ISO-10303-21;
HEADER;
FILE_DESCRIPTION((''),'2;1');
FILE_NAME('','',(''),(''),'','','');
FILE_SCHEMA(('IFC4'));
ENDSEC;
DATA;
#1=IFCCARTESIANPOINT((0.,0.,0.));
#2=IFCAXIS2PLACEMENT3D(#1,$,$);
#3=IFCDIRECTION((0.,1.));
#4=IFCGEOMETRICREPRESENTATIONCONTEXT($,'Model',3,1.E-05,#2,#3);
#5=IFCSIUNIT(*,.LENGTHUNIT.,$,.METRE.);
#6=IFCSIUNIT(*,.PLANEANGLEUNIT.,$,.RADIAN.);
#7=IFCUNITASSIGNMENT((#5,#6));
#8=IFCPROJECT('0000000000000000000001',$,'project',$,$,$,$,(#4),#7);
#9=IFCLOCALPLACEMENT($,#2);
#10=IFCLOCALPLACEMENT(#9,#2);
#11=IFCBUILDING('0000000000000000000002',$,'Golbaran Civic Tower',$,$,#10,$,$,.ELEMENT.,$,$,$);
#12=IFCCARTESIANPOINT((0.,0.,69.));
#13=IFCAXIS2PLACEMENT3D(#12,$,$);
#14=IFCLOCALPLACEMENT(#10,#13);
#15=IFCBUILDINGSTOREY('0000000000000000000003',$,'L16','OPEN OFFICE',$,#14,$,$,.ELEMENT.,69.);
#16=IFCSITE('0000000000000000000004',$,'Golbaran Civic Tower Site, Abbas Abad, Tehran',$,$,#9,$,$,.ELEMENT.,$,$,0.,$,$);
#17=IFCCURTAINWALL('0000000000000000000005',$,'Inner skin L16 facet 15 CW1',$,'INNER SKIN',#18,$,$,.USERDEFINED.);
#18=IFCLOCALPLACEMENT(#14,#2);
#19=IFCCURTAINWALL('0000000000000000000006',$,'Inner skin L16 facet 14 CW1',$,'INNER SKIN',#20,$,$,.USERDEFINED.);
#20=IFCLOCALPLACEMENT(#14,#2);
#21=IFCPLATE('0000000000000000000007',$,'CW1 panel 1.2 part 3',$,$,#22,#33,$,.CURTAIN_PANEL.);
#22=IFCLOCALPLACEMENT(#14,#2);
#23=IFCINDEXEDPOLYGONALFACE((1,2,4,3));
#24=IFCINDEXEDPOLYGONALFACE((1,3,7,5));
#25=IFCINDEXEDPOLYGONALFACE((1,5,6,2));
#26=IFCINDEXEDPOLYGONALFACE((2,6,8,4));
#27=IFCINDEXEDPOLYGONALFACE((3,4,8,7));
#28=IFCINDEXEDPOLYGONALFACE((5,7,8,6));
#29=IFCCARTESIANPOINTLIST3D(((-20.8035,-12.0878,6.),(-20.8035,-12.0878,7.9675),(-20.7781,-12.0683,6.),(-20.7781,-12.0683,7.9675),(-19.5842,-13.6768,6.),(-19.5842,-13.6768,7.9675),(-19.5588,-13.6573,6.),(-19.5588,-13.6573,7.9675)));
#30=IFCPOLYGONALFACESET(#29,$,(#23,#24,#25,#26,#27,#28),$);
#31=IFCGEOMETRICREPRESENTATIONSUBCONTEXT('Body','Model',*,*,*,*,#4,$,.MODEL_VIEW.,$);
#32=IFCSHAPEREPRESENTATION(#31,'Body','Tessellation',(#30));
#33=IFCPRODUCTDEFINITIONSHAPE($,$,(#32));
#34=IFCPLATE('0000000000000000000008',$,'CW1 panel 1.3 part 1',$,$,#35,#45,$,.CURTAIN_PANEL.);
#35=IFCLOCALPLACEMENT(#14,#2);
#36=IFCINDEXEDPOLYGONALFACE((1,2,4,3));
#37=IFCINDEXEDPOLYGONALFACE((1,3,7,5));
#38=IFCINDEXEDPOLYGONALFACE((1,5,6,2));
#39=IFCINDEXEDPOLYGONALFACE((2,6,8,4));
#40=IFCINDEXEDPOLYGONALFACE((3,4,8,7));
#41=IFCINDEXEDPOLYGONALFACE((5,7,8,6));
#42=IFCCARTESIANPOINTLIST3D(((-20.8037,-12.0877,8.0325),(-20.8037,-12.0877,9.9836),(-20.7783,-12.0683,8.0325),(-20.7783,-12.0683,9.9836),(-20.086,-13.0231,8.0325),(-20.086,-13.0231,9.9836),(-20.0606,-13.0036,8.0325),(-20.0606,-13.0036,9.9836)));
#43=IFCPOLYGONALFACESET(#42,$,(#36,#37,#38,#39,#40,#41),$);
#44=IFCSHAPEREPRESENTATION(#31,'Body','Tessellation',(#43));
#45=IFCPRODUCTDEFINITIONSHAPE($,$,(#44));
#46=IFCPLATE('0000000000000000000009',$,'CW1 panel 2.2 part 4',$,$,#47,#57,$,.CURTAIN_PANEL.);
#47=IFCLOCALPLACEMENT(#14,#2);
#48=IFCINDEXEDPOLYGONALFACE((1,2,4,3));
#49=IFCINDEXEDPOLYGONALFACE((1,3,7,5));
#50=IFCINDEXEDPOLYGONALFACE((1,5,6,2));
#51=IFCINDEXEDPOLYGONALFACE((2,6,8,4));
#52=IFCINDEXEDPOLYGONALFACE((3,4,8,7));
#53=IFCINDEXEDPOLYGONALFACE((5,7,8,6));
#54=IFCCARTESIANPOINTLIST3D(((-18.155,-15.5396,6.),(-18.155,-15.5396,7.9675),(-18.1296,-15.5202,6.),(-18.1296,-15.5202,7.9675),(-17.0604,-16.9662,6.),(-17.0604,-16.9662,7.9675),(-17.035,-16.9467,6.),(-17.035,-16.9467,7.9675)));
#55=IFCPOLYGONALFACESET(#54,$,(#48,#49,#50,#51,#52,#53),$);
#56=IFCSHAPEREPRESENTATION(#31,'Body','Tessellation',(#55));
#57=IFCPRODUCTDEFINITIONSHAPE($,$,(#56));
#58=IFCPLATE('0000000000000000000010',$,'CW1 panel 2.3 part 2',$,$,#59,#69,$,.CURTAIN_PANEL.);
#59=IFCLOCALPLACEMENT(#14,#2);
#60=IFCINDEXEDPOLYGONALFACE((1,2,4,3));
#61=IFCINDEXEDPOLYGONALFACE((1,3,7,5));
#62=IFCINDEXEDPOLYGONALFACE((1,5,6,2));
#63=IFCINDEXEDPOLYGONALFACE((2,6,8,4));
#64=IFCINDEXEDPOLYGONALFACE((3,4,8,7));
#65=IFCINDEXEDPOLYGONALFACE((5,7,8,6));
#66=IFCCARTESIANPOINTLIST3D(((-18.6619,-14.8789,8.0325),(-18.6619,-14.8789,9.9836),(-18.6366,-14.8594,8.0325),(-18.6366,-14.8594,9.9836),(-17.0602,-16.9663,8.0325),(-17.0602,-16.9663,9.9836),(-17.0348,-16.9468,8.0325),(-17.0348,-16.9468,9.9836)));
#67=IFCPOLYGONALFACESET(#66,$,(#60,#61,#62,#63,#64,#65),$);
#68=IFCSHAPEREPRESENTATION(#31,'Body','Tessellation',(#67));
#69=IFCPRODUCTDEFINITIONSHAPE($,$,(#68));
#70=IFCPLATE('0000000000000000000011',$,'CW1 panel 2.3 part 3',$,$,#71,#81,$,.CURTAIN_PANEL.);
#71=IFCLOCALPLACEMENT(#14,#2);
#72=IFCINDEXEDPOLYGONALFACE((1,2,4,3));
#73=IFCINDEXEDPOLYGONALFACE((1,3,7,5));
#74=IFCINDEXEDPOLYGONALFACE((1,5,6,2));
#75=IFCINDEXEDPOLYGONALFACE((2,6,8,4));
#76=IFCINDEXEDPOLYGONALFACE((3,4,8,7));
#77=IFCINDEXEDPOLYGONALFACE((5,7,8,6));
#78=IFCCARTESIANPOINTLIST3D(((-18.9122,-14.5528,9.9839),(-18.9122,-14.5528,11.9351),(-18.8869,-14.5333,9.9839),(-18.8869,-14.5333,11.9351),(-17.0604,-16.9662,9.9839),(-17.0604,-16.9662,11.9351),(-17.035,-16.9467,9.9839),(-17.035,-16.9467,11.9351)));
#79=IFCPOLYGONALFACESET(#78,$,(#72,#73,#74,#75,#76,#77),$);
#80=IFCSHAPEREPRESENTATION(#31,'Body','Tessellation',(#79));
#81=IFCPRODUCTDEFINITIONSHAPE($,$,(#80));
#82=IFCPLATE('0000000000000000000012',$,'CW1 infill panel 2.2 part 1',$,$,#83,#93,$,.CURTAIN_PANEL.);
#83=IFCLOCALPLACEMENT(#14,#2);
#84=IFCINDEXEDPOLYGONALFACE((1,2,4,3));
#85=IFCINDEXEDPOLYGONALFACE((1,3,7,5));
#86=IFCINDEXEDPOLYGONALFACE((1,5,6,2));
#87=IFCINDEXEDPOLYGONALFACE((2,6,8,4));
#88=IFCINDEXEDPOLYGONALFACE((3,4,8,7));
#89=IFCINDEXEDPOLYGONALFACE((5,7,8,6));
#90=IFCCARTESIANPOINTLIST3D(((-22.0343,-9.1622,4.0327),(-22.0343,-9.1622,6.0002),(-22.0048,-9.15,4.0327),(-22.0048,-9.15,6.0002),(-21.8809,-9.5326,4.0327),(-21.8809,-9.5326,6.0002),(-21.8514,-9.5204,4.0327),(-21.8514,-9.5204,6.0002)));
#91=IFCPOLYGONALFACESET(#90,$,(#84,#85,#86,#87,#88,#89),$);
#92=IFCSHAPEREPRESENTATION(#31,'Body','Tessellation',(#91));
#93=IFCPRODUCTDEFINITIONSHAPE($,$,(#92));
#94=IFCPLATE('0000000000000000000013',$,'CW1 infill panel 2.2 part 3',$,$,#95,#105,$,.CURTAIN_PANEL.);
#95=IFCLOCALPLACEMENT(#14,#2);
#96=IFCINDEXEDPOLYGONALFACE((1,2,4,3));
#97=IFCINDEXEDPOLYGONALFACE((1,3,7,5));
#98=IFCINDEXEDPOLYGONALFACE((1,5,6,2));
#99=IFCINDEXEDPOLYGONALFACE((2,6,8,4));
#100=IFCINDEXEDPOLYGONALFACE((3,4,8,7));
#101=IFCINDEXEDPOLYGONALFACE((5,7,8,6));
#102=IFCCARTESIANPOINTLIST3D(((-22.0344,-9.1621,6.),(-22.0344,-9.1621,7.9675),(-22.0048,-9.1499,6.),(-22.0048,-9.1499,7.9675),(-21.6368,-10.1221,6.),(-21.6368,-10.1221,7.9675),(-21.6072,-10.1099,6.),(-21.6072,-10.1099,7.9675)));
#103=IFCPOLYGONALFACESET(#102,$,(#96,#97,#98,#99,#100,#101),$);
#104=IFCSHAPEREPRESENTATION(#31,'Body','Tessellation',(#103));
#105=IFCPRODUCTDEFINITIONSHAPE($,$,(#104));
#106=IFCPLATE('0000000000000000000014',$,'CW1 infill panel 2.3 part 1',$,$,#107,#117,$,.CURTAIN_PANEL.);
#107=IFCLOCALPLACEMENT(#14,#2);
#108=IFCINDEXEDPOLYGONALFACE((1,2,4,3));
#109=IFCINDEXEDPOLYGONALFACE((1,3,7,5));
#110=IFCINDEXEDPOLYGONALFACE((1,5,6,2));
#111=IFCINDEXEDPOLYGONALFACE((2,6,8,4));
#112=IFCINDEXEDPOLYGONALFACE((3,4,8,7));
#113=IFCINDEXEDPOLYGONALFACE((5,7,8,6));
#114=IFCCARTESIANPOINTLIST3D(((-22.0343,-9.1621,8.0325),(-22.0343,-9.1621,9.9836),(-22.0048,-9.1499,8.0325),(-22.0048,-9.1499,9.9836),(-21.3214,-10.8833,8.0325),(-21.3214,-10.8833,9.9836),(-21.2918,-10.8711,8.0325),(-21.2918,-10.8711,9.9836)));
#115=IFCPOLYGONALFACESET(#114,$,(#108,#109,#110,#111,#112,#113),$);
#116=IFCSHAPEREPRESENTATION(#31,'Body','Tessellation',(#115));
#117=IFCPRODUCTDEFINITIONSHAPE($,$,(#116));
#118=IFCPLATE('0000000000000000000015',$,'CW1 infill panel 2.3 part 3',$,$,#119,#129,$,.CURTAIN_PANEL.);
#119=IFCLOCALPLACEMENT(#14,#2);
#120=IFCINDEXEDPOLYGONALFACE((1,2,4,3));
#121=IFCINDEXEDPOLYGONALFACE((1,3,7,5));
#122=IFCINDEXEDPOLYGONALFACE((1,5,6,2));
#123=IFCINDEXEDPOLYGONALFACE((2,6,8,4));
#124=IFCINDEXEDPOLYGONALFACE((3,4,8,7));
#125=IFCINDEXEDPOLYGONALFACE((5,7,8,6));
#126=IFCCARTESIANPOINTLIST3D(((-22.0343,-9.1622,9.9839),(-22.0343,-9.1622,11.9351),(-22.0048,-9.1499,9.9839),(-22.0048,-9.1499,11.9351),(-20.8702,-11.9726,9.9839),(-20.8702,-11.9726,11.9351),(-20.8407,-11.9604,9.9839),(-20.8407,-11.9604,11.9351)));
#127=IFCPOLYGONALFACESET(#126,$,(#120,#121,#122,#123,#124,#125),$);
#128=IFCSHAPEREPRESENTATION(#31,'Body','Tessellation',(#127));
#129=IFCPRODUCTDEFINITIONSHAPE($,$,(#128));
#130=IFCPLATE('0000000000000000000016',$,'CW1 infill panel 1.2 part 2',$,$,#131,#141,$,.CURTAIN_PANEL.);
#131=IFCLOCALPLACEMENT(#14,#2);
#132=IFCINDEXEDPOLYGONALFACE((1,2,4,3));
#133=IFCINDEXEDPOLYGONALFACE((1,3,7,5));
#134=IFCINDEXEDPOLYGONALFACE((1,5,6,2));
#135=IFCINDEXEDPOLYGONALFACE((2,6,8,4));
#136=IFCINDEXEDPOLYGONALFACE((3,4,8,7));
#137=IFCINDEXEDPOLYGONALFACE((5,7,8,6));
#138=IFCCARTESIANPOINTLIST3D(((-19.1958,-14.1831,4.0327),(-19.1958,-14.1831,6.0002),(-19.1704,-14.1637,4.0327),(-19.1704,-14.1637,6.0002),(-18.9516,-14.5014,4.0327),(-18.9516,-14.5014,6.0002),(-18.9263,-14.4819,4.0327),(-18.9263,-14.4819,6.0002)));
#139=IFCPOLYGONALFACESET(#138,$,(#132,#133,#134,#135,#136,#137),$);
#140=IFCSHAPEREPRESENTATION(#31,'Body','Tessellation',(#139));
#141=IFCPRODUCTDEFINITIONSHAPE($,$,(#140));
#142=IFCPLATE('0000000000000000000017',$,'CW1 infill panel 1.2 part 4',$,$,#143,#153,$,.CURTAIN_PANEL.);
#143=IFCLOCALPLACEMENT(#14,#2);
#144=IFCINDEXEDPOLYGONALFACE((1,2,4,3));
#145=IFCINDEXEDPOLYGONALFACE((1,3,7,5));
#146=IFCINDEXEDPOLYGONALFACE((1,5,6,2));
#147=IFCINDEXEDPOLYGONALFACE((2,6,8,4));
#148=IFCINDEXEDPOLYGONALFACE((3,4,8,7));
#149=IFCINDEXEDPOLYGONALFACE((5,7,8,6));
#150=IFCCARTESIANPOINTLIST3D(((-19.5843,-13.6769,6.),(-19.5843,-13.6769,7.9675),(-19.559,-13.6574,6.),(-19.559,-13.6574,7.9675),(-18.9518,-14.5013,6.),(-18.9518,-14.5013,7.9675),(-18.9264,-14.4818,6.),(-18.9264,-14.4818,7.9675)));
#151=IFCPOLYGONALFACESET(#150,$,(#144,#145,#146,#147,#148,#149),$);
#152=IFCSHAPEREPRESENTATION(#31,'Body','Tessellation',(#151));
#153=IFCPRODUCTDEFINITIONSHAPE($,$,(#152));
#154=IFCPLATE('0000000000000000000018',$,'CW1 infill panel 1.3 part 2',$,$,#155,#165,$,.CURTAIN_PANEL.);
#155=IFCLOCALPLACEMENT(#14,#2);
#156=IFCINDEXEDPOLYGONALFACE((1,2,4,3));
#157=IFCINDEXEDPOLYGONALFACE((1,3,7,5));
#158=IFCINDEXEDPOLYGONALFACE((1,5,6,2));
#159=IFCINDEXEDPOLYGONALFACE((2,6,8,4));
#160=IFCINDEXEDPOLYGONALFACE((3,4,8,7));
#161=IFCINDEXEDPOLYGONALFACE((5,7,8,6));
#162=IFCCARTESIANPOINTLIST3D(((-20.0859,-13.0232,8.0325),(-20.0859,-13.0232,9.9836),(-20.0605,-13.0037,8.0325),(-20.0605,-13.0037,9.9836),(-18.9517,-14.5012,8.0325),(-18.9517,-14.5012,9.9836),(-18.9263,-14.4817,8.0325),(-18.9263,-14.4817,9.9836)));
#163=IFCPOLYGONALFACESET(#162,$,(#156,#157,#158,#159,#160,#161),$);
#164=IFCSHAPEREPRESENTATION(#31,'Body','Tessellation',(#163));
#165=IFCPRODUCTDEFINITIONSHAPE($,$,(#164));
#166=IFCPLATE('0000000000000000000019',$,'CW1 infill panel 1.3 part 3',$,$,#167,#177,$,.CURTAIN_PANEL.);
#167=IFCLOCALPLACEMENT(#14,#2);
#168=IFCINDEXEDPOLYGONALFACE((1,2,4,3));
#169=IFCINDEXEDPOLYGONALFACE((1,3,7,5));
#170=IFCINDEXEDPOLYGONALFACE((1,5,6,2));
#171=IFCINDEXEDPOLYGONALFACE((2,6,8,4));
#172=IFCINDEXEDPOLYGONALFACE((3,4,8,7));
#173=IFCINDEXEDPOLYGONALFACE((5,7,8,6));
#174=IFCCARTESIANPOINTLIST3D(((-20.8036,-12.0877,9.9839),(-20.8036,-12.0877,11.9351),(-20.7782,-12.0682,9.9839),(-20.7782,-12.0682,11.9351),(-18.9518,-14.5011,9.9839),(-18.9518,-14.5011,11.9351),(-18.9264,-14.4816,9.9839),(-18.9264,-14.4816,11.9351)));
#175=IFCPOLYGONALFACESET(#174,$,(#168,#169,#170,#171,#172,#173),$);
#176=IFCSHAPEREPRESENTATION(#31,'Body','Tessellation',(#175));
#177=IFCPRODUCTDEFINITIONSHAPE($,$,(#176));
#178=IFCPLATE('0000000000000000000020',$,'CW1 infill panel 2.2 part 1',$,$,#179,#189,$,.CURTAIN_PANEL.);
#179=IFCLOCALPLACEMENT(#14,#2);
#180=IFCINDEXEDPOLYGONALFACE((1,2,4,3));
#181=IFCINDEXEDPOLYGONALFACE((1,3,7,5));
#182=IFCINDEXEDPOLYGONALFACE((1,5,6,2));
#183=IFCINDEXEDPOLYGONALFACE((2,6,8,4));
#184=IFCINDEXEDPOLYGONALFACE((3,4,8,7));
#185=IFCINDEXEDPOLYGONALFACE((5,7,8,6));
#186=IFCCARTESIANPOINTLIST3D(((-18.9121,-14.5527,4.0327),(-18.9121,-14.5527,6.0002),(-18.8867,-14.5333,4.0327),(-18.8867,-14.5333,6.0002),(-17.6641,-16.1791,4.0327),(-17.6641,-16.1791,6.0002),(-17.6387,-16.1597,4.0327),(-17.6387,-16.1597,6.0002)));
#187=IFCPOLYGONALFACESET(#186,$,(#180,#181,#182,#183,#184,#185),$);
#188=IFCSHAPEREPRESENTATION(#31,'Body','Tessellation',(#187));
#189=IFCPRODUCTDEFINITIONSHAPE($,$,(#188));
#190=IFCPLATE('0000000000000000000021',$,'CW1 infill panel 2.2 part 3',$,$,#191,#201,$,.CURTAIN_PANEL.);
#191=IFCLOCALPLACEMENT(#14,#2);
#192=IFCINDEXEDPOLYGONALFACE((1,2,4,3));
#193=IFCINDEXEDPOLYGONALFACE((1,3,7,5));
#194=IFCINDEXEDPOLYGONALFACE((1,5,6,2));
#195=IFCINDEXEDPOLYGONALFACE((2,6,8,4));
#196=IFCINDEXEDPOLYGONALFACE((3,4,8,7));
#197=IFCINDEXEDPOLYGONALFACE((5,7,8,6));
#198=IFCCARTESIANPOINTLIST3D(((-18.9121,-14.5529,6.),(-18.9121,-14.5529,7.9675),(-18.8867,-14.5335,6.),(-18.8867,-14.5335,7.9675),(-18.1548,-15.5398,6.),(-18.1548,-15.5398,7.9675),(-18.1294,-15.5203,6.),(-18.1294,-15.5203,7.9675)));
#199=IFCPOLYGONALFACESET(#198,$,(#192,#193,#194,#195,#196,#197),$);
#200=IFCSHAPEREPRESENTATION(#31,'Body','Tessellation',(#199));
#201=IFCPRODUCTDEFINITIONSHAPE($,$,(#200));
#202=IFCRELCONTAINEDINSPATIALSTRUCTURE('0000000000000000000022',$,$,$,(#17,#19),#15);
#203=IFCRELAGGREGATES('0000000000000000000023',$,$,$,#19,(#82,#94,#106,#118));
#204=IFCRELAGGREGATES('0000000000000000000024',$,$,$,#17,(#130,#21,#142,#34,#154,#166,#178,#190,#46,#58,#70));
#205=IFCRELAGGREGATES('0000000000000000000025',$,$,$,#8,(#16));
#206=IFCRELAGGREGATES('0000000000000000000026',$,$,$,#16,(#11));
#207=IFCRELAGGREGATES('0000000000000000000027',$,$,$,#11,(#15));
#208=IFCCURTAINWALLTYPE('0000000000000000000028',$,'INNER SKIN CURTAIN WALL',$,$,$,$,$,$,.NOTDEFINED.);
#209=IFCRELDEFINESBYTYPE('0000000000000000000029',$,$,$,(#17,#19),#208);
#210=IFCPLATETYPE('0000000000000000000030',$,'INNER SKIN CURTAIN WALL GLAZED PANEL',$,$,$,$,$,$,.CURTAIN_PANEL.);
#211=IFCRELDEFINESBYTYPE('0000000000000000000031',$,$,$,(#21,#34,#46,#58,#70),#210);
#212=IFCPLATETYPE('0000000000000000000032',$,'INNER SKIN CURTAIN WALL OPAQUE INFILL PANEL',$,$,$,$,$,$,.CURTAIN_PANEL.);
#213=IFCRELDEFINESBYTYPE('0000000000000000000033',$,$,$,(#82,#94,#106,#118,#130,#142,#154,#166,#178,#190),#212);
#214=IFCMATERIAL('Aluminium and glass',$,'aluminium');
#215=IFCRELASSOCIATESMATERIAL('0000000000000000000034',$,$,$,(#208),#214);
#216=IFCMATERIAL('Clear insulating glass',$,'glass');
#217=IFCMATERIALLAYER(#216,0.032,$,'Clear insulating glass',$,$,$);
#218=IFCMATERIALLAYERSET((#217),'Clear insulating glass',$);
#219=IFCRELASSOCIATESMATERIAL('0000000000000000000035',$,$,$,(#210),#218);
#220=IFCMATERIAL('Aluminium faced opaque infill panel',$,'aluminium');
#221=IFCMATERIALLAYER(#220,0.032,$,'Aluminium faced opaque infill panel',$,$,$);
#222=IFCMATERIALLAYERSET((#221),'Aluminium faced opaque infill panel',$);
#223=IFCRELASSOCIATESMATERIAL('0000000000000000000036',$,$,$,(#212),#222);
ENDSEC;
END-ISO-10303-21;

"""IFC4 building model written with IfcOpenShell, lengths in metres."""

from ifc_helpers import new_model, si_unit, direction, frame, origin, origin_2d, place, context, subcontext, project, spatial, rectangle, extrude, material, layer, layer_set, type_object, element, aggregate, save


model = new_model("IFC4")

# Units and contexts
model_context = context("Model", 3, precision=1e-05, world=origin(), true_north=direction((0.0, 1.0)))
body_context = subcontext(model_context, "Body", "Model", "MODEL_VIEW")
ifc_project = project(units=[si_unit("LENGTHUNIT", "METRE"), si_unit("PLANEANGLEUNIT", "RADIAN")], contexts=[model_context])

# Site, building, storey
site_placement = place(None, origin())
site = spatial("IfcSite", under=ifc_project, at=site_placement, Name="Golbaran Civic Tower Site, Abbas Abad, Tehran", CompositionType="ELEMENT", RefElevation=0.0)
building_placement = place(site_placement, origin())
building = spatial("IfcBuilding", under=site, at=building_placement, Name="Golbaran Civic Tower", CompositionType="ELEMENT")
storey_placement = place(building_placement, frame((0.0, 0.0, 69.0)))
storey = spatial("IfcBuildingStorey", under=building, at=storey_placement, Name="L16", Description="OPEN OFFICE", CompositionType="ELEMENT", Elevation=69.0)

# Curtain wall
ifc_material_1 = material(Name="Aluminium and glass", Category="aluminium")
curtain_wall_type_1 = type_object("IfcCurtainWallType", Name="INNER SKIN CURTAIN WALL", PredefinedType="NOTDEFINED", material=ifc_material_1)
curtain_wall_1_placement = place(storey_placement, origin())
curtain_wall_1 = element("IfcCurtainWall", 1, at=curtain_wall_1_placement, inside=storey, type_object=curtain_wall_type_1, Name="Inner skin L16 facet 15 CW1", ObjectType="INNER SKIN", PredefinedType="USERDEFINED")

# Curtain wall
curtain_wall_2_placement = place(storey_placement, origin())
curtain_wall_2 = element("IfcCurtainWall", 2, at=curtain_wall_2_placement, inside=storey, type_object=curtain_wall_type_1, Name="Inner skin L16 facet 14 CW1", ObjectType="INNER SKIN", PredefinedType="USERDEFINED")
ifc_material_2 = material(Name="Clear insulating glass", Category="glass")
ifc_layer_1 = layer(ifc_material_2, 0.032, Name="Clear insulating glass")
ifc_layer_set_1 = layer_set([ifc_layer_1], Name="Clear insulating glass")
plate_type_1 = type_object("IfcPlateType", Name="INNER SKIN CURTAIN WALL GLAZED PANEL", PredefinedType="CURTAIN_PANEL", material=ifc_layer_set_1)

# Plates
plate_1_placement = place(storey_placement, frame((-20.1812, -12.8726, 6.0), z_axis=(0.0, 0.0, 1.0), x_axis=(0.608761, -0.793353, 0.0)))
plate_1 = element("IfcPlate", 3, at=plate_1_placement, type_object=plate_type_1, Name="CW1 panel 1.2 part 3", PredefinedType="CURTAIN_PANEL", context=body_context, shape_type="SweptSolid", body=[
    extrude(rectangle(XDim=2.0029, YDim=0.032, at=origin_2d()), origin(), (0.0, 0.0, 1.0), 1.9675),
])
plate_2_placement = place(storey_placement, frame((-20.4321, -12.5457, 8.0325), z_axis=(0.0, 0.0, 1.0), x_axis=(0.608761, -0.793353, 0.0)))
plate_2 = element("IfcPlate", 4, at=plate_2_placement, type_object=plate_type_1, Name="CW1 panel 1.3 part 1", PredefinedType="CURTAIN_PANEL", context=body_context, shape_type="SweptSolid", body=[
    extrude(rectangle(XDim=1.179, YDim=0.032, at=origin_2d()), origin(), (0.0, 0.0, 1.0), 1.9512),
])
plate_3_placement = place(storey_placement, frame((-17.595, -16.2432, 6.0), z_axis=(0.0, 0.0, 1.0), x_axis=(0.608761, -0.793353, 0.0)))
plate_3 = element("IfcPlate", 5, at=plate_3_placement, type_object=plate_type_1, Name="CW1 panel 2.2 part 4", PredefinedType="CURTAIN_PANEL", context=body_context, shape_type="SweptSolid", body=[
    extrude(rectangle(XDim=1.7981, YDim=0.032, at=origin_2d()), origin(), (0.0, 0.0, 1.0), 1.9675),
])
plate_4_placement = place(storey_placement, frame((-17.8484, -15.9128, 8.0325), z_axis=(0.0, 0.0, 1.0), x_axis=(0.608761, -0.793353, 0.0)))
plate_4 = element("IfcPlate", 6, at=plate_4_placement, type_object=plate_type_1, Name="CW1 panel 2.3 part 2", PredefinedType="CURTAIN_PANEL", context=body_context, shape_type="SweptSolid", body=[
    extrude(rectangle(XDim=2.6311, YDim=0.032, at=origin_2d()), origin(), (0.0, 0.0, 1.0), 1.9512),
])
plate_5_placement = place(storey_placement, frame((-17.9736, -15.7498, 9.9839), z_axis=(0.0, 0.0, 1.0), x_axis=(0.608761, -0.793353, 0.0)))
plate_5 = element("IfcPlate", 7, at=plate_5_placement, type_object=plate_type_1, Name="CW1 panel 2.3 part 3", PredefinedType="CURTAIN_PANEL", context=body_context, shape_type="SweptSolid", body=[
    extrude(rectangle(XDim=3.042, YDim=0.032, at=origin_2d()), origin(), (0.0, 0.0, 1.0), 1.9512),
])
ifc_material_3 = material(Name="Aluminium faced opaque infill panel", Category="aluminium")
ifc_layer_2 = layer(ifc_material_3, 0.032, Name="Aluminium faced opaque infill panel")
ifc_layer_set_2 = layer_set([ifc_layer_2], Name="Aluminium faced opaque infill panel")
plate_type_2 = type_object("IfcPlateType", Name="INNER SKIN CURTAIN WALL OPAQUE INFILL PANEL", PredefinedType="CURTAIN_PANEL", material=ifc_layer_set_2)
plate_6_placement = place(storey_placement, frame((-21.9429, -9.3413, 4.0327), z_axis=(0.0, 0.0, 1.0), x_axis=(0.382683, -0.92388, 0.0)))
plate_6 = element("IfcPlate", 8, at=plate_6_placement, type_object=plate_type_2, Name="CW1 infill panel 2.2 part 1", PredefinedType="CURTAIN_PANEL", context=body_context, shape_type="SweptSolid", body=[
    extrude(rectangle(XDim=0.4009, YDim=0.032, at=origin_2d()), origin(), (0.0, 0.0, 1.0), 1.9675),
])
plate_7_placement = place(storey_placement, frame((-21.8208, -9.636, 6.0), z_axis=(0.0, 0.0, 1.0), x_axis=(0.382683, -0.92388, 0.0)))
plate_7 = element("IfcPlate", 9, at=plate_7_placement, type_object=plate_type_2, Name="CW1 infill panel 2.2 part 3", PredefinedType="CURTAIN_PANEL", context=body_context, shape_type="SweptSolid", body=[
    extrude(rectangle(XDim=1.0391, YDim=0.032, at=origin_2d()), origin(), (0.0, 0.0, 1.0), 1.9675),
])
plate_8_placement = place(storey_placement, frame((-21.6631, -10.0166, 8.0325), z_axis=(0.0, 0.0, 1.0), x_axis=(0.382683, -0.92388, 0.0)))
plate_8 = element("IfcPlate", 10, at=plate_8_placement, type_object=plate_type_2, Name="CW1 infill panel 2.3 part 1", PredefinedType="CURTAIN_PANEL", context=body_context, shape_type="SweptSolid", body=[
    extrude(rectangle(XDim=1.863, YDim=0.032, at=origin_2d()), origin(), (0.0, 0.0, 1.0), 1.9512),
])
plate_9_placement = place(storey_placement, frame((-21.4375, -10.5613, 9.9839), z_axis=(0.0, 0.0, 1.0), x_axis=(0.382683, -0.92388, 0.0)))
plate_9 = element("IfcPlate", 11, at=plate_9_placement, type_object=plate_type_2, Name="CW1 infill panel 2.3 part 3", PredefinedType="CURTAIN_PANEL", context=body_context, shape_type="SweptSolid", body=[
    extrude(rectangle(XDim=3.042, YDim=0.032, at=origin_2d()), origin(), (0.0, 0.0, 1.0), 1.9512),
])
aggregate(curtain_wall_2, [plate_6, plate_7, plate_8, plate_9])
plate_10_placement = place(storey_placement, frame((-19.061, -14.3325, 4.0327), z_axis=(0.0, 0.0, 1.0), x_axis=(0.608761, -0.793353, 0.0)))
plate_10 = element("IfcPlate", 12, at=plate_10_placement, type_object=plate_type_2, Name="CW1 infill panel 1.2 part 2", PredefinedType="CURTAIN_PANEL", context=body_context, shape_type="SweptSolid", body=[
    extrude(rectangle(XDim=0.4011, YDim=0.032, at=origin_2d()), origin(), (0.0, 0.0, 1.0), 1.9675),
])
plate_11_placement = place(storey_placement, frame((-19.2554, -14.0793, 6.0), z_axis=(0.0, 0.0, 1.0), x_axis=(0.608761, -0.793353, 0.0)))
plate_11 = element("IfcPlate", 13, at=plate_11_placement, type_object=plate_type_2, Name="CW1 infill panel 1.2 part 4", PredefinedType="CURTAIN_PANEL", context=body_context, shape_type="SweptSolid", body=[
    extrude(rectangle(XDim=1.0391, YDim=0.032, at=origin_2d()), origin(), (0.0, 0.0, 1.0), 1.9675),
])
plate_12_placement = place(storey_placement, frame((-19.5061, -13.7524, 8.0325), z_axis=(0.0, 0.0, 1.0), x_axis=(0.608761, -0.793353, 0.0)))
plate_12 = element("IfcPlate", 14, at=plate_12_placement, type_object=plate_type_2, Name="CW1 infill panel 1.3 part 2", PredefinedType="CURTAIN_PANEL", context=body_context, shape_type="SweptSolid", body=[
    extrude(rectangle(XDim=1.863, YDim=0.032, at=origin_2d()), origin(), (0.0, 0.0, 1.0), 1.9512),
])
plate_13_placement = place(storey_placement, frame((-19.865, -13.2847, 9.9839), z_axis=(0.0, 0.0, 1.0), x_axis=(0.608761, -0.793353, 0.0)))
plate_13 = element("IfcPlate", 15, at=plate_13_placement, type_object=plate_type_2, Name="CW1 infill panel 1.3 part 3", PredefinedType="CURTAIN_PANEL", context=body_context, shape_type="SweptSolid", body=[
    extrude(rectangle(XDim=3.042, YDim=0.032, at=origin_2d()), origin(), (0.0, 0.0, 1.0), 1.9512),
])
plate_14_placement = place(storey_placement, frame((-18.2754, -15.3562, 4.0327), z_axis=(0.0, 0.0, 1.0), x_axis=(0.608761, -0.793353, 0.0)))
plate_14 = element("IfcPlate", 16, at=plate_14_placement, type_object=plate_type_2, Name="CW1 infill panel 2.2 part 1", PredefinedType="CURTAIN_PANEL", context=body_context, shape_type="SweptSolid", body=[
    extrude(rectangle(XDim=2.05, YDim=0.032, at=origin_2d()), origin(), (0.0, 0.0, 1.0), 1.9675),
])
plate_15_placement = place(storey_placement, frame((-18.5208, -15.0366, 6.0), z_axis=(0.0, 0.0, 1.0), x_axis=(0.608761, -0.793353, 0.0)))
plate_15 = element("IfcPlate", 17, at=plate_15_placement, type_object=plate_type_2, Name="CW1 infill panel 2.2 part 3", PredefinedType="CURTAIN_PANEL", context=body_context, shape_type="SweptSolid", body=[
    extrude(rectangle(XDim=1.2439, YDim=0.032, at=origin_2d()), origin(), (0.0, 0.0, 1.0), 1.9675),
])
aggregate(curtain_wall_1, [plate_10, plate_1, plate_11, plate_2, plate_12, plate_13, plate_14, plate_15, plate_3, plate_4, plate_5])

save(model, "model.ifc")
